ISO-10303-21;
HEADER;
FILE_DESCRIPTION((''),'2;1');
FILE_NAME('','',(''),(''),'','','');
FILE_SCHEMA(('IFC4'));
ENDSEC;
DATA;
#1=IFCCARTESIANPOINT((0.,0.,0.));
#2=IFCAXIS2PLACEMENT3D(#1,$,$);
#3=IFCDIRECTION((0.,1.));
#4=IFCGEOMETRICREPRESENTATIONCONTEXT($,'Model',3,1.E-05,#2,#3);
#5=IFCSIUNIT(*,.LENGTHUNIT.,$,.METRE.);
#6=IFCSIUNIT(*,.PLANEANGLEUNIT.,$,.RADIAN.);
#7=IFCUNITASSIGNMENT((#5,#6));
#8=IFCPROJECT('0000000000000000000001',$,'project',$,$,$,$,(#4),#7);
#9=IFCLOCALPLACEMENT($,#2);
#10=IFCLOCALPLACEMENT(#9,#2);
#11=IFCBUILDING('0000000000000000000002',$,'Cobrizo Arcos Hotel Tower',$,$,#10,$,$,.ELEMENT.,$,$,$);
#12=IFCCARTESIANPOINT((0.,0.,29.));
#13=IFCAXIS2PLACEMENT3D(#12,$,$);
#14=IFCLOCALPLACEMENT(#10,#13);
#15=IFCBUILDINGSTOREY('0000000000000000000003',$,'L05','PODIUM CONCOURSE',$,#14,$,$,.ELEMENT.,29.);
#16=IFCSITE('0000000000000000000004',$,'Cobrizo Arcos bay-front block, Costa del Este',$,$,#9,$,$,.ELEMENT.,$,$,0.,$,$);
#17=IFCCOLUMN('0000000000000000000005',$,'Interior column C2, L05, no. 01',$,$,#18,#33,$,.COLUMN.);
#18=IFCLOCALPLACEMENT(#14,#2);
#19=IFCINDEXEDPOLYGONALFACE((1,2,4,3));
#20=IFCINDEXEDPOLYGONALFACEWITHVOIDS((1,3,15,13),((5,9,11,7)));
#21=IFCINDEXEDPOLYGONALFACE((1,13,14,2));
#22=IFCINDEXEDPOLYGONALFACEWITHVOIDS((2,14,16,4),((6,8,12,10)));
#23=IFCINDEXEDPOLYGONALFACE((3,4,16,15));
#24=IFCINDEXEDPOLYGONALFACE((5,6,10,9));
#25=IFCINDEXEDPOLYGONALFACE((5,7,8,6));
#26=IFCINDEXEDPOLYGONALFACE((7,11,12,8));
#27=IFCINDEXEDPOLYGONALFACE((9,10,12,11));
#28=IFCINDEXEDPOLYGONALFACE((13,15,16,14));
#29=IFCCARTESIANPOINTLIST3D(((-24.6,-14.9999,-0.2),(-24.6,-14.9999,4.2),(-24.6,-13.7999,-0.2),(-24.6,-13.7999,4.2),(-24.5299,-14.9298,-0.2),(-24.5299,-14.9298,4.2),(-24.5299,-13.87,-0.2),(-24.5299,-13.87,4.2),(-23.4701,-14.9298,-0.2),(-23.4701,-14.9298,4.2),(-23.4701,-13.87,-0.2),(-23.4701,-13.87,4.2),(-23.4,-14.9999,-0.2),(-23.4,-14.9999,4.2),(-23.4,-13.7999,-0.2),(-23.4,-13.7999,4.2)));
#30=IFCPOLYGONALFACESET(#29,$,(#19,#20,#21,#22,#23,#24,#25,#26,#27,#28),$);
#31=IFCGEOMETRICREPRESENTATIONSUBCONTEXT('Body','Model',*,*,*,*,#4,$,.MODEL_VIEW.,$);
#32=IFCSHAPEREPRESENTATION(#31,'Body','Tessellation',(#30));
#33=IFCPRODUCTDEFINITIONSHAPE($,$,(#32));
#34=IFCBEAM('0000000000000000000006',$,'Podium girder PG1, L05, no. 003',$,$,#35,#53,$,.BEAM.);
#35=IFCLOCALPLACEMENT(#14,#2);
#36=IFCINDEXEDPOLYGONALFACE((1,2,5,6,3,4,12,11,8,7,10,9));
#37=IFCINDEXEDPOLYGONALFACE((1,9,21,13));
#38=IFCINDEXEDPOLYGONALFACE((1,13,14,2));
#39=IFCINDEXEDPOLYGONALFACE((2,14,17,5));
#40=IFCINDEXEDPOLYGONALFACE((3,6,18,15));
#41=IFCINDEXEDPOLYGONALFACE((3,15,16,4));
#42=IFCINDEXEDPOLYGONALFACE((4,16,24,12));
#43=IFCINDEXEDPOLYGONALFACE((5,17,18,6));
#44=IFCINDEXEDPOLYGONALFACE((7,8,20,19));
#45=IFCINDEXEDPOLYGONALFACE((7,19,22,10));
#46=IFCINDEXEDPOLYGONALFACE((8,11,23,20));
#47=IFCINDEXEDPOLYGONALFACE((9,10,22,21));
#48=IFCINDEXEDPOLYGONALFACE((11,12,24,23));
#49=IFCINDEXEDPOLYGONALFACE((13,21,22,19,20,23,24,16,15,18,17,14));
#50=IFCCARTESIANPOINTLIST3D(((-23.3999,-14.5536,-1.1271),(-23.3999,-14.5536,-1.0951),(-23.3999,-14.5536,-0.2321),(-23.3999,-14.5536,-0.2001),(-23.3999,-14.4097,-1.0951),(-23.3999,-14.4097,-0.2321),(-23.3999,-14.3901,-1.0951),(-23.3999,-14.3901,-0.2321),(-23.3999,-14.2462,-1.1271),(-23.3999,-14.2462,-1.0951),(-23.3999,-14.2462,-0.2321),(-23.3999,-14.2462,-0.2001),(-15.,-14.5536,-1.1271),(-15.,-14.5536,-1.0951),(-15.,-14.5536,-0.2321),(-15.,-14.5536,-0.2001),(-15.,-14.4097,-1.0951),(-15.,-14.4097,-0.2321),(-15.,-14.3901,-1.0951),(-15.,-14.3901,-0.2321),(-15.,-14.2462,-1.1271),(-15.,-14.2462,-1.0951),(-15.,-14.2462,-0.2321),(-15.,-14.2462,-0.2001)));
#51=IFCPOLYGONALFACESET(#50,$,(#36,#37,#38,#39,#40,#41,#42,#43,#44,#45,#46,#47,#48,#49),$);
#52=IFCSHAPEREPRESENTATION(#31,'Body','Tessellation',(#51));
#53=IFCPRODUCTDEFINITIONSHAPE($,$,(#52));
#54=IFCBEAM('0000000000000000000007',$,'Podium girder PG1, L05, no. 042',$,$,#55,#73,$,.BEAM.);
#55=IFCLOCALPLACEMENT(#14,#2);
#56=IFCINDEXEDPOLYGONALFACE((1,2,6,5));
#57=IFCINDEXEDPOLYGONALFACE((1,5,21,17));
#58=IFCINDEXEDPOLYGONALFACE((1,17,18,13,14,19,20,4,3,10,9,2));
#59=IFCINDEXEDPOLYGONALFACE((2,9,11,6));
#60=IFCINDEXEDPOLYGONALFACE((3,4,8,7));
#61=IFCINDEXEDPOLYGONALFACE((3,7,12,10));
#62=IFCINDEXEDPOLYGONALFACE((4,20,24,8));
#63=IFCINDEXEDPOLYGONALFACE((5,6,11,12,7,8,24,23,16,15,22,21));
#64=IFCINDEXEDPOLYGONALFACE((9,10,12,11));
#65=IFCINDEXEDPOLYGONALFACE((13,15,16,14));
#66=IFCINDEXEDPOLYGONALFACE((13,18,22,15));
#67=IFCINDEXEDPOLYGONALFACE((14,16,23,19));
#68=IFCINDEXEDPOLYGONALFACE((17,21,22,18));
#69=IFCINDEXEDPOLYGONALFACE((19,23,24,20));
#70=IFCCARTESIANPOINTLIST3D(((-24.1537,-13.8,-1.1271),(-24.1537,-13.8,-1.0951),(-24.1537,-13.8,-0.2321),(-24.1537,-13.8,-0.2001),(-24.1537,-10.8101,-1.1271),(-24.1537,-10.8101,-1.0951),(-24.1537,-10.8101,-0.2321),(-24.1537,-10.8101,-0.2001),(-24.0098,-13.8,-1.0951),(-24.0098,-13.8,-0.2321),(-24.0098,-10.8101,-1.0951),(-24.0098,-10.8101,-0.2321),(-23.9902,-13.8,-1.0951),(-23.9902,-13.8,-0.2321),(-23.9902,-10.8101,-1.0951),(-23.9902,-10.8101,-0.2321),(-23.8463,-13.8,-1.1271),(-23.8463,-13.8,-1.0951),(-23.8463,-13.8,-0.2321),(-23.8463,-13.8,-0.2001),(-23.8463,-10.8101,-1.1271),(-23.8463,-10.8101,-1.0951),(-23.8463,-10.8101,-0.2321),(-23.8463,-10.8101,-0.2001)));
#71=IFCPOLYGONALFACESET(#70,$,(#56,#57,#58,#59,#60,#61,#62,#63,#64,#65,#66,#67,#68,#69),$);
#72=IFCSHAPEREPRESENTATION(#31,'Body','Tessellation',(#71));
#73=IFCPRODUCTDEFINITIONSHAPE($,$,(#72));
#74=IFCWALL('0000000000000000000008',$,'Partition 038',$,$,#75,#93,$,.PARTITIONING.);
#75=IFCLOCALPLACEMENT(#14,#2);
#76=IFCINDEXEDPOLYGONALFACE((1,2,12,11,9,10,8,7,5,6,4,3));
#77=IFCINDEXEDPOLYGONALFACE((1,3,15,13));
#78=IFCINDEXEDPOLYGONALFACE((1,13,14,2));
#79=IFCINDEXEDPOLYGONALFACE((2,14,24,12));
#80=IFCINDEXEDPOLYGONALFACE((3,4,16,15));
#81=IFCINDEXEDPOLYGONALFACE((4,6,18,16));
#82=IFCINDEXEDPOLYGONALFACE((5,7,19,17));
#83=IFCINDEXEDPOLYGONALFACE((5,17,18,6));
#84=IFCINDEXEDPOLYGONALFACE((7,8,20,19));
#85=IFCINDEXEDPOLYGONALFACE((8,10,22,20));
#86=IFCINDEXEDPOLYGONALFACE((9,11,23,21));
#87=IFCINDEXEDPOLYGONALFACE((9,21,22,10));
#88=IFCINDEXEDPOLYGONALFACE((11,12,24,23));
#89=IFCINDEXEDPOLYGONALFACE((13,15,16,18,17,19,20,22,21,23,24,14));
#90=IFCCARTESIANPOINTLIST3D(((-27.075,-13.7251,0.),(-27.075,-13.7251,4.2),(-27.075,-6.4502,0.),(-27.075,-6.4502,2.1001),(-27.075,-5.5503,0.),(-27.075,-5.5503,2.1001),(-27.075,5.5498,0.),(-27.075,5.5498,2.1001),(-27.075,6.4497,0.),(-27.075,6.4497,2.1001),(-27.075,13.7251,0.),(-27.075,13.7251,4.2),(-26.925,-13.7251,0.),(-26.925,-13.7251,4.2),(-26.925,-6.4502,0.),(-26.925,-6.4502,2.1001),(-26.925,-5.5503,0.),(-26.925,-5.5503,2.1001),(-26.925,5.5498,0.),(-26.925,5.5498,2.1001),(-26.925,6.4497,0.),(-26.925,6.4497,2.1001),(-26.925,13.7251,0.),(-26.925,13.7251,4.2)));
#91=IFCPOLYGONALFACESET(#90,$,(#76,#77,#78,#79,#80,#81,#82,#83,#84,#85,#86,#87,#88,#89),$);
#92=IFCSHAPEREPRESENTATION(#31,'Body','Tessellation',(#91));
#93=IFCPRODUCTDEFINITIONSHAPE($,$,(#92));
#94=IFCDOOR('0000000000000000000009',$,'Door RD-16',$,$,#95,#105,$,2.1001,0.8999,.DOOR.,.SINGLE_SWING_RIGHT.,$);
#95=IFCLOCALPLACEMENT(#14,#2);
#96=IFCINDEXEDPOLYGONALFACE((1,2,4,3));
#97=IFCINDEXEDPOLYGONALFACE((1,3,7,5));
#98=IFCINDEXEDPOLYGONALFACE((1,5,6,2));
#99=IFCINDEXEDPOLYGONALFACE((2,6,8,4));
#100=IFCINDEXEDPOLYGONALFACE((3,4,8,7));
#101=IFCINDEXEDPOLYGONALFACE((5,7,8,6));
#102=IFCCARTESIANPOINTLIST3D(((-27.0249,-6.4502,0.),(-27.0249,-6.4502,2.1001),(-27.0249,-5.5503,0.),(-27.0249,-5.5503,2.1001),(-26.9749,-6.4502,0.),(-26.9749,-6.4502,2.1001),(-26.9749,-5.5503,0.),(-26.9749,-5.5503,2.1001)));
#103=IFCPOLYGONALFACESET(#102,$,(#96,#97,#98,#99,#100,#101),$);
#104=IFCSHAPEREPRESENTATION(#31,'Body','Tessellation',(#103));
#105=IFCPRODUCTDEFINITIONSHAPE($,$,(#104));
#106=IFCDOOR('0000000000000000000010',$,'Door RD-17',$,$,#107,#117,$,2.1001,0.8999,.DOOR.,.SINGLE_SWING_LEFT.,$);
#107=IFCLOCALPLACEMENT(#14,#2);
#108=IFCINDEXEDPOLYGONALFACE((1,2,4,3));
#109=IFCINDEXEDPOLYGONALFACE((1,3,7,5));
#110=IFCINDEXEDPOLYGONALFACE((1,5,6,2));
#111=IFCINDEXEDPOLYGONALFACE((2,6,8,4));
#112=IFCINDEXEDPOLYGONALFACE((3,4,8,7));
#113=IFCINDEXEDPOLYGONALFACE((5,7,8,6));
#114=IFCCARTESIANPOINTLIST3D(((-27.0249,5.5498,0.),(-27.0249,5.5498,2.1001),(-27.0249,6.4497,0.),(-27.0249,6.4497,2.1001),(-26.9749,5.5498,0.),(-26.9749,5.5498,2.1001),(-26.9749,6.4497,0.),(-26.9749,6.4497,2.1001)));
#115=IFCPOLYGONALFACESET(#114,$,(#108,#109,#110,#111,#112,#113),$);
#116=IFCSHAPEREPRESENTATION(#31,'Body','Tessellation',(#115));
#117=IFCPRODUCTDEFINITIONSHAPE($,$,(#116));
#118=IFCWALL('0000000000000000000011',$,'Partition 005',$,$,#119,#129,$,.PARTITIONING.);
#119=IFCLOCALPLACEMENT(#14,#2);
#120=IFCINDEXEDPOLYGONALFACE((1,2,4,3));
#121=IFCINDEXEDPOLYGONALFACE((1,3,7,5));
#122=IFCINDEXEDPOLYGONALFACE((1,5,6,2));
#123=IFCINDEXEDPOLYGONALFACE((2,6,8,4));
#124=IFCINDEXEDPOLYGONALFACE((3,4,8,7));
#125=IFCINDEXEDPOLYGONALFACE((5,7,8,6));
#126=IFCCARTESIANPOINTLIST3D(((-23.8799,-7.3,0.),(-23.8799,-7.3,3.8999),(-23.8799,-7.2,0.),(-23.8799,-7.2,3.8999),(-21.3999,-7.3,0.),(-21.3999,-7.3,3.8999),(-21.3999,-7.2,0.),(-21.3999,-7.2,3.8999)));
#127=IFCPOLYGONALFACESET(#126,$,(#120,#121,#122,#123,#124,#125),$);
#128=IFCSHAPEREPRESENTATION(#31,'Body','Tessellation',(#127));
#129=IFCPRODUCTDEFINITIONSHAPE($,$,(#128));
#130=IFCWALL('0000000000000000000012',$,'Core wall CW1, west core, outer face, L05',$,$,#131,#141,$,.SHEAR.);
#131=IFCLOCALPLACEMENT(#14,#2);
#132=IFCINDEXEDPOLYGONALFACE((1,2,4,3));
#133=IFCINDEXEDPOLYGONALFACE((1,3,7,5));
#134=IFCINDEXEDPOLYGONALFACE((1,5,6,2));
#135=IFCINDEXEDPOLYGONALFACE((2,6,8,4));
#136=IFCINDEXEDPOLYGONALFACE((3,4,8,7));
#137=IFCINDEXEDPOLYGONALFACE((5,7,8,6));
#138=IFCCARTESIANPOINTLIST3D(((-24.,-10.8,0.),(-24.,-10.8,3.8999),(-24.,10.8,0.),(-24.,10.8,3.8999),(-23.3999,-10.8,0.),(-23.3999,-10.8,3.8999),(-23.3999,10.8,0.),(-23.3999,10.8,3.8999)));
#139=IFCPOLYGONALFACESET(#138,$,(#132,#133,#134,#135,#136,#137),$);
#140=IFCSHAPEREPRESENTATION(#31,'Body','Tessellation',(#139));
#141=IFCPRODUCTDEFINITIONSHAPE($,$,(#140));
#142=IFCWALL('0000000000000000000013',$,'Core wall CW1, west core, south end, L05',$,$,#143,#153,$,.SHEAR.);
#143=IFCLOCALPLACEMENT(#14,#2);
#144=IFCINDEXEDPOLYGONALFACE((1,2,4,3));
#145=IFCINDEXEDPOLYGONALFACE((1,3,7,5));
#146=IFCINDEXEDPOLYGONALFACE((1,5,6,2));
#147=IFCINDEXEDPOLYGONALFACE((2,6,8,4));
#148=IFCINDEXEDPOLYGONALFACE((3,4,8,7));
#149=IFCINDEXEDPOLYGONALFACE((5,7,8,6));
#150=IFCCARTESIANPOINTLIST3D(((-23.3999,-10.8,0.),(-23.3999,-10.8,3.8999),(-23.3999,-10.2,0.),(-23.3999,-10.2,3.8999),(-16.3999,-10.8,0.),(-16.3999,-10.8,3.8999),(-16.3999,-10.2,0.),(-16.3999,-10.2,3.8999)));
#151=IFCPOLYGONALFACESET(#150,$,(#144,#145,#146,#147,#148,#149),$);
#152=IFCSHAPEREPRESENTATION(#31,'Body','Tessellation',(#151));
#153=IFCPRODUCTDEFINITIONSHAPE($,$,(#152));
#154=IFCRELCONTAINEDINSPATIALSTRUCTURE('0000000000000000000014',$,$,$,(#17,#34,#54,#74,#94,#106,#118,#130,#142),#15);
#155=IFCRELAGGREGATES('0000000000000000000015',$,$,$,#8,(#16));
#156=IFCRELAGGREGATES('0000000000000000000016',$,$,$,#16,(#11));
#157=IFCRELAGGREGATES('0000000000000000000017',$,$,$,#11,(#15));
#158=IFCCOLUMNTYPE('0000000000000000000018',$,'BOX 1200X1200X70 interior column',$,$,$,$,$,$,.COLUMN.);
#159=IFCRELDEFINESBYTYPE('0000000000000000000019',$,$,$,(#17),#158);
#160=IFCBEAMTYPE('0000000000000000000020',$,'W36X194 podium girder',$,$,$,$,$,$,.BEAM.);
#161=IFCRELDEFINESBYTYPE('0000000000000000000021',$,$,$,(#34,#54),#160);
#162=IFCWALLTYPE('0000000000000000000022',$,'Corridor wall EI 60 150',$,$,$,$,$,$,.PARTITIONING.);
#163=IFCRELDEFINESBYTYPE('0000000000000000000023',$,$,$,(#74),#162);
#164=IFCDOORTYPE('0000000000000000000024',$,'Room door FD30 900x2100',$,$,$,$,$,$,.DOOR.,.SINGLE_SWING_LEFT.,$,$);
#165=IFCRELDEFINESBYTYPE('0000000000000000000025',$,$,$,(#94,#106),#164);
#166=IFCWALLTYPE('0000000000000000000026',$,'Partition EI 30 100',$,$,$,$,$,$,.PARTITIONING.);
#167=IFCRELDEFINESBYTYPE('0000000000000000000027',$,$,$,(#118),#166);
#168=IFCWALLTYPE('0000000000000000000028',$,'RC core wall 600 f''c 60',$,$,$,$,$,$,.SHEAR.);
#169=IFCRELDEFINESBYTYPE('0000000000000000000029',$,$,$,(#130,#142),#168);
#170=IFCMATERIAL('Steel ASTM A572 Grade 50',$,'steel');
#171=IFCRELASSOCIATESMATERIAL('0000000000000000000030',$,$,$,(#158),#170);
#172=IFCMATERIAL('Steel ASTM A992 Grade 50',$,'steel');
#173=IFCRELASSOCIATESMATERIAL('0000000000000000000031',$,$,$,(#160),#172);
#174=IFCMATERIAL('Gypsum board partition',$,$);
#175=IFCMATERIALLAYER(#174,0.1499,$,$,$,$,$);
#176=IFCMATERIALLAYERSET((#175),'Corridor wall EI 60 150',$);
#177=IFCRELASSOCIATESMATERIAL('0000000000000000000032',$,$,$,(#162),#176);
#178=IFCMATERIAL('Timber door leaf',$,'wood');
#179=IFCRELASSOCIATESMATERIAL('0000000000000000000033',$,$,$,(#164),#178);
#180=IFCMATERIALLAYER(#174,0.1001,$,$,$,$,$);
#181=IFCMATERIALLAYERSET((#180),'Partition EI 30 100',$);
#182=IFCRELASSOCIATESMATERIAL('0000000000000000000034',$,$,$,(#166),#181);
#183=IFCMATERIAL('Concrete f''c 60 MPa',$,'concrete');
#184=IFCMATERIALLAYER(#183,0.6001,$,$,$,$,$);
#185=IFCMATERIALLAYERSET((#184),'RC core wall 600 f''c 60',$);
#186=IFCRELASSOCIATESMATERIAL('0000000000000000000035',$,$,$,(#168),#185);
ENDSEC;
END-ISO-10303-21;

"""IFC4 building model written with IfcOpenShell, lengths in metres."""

from ifc_helpers import new_model, si_unit, direction, frame, frame_2d, origin, origin_2d, place, context, subcontext, project, spatial, rectangle, hollow_rectangle, i_section, extrude, material, layer, layer_set, material_profile, profile_set, type_object, element, fill, save


model = new_model("IFC4")

# Units and contexts
model_context = context("Model", 3, precision=1e-05, world=origin(), true_north=direction((0.0, 1.0)))
body_context = subcontext(model_context, "Body", "Model", "MODEL_VIEW")
ifc_project = project(units=[si_unit("LENGTHUNIT", "METRE"), si_unit("PLANEANGLEUNIT", "RADIAN")], contexts=[model_context])

# Site, building, storey
site_placement = place(None, origin())
site = spatial("IfcSite", under=ifc_project, at=site_placement, Name="Cobrizo Arcos bay-front block, Costa del Este", CompositionType="ELEMENT", RefElevation=0.0)
building_placement = place(site_placement, origin())
building = spatial("IfcBuilding", under=site, at=building_placement, Name="Cobrizo Arcos Hotel Tower", CompositionType="ELEMENT")
storey_placement = place(building_placement, frame((0.0, 0.0, 29.0)))
storey = spatial("IfcBuildingStorey", under=building, at=storey_placement, Name="L05", Description="PODIUM CONCOURSE", CompositionType="ELEMENT", Elevation=29.0)

# Column
ifc_material_1 = material(Name="Steel ASTM A572 Grade 50", Category="steel")
ifc_material_profile_1 = material_profile(ifc_material_1, hollow_rectangle(XDim=1.2, YDim=1.2, WallThickness=0.0701, at=origin_2d()), Name="BOX 1200X1200X70")
ifc_profile_set_1 = profile_set([ifc_material_profile_1], Name="Steel ASTM A572 Grade 50")
column_type = type_object("IfcColumnType", Name="BOX 1200X1200X70 interior column", PredefinedType="COLUMN", material=ifc_profile_set_1)
column_placement = place(storey_placement, frame((-24.0, -14.3999, -0.2), z_axis=(0.0, 0.0, 1.0), x_axis=(1.0, 0.0, 0.0)))
element("IfcColumn", 1, at=column_placement, inside=storey, type_object=column_type, Name="Interior column C2, L05, no. 01", PredefinedType="COLUMN", context=body_context, shape_type="SweptSolid", body=[
    extrude(hollow_rectangle(XDim=1.2, YDim=1.2, WallThickness=0.0701, at=origin_2d()), origin(), (0.0, 0.0, 1.0), 4.3999),
])

# Beams
ifc_material_2 = material(Name="Steel ASTM A992 Grade 50", Category="steel")
ifc_material_profile_2 = material_profile(ifc_material_2, i_section(OverallWidth=0.3074, OverallDepth=0.927, WebThickness=0.0195, FlangeThickness=0.032, at=origin_2d()), Name="W36X194")
ifc_profile_set_2 = profile_set([ifc_material_profile_2], Name="Steel ASTM A992 Grade 50")
beam_type = type_object("IfcBeamType", Name="W36X194 podium girder", PredefinedType="BEAM", material=ifc_profile_set_2)
beam_1_placement = place(storey_placement, frame((-23.3999, -14.3999, -0.6636), z_axis=(1.0, 0.0, 0.0), x_axis=(0.0, 1.0, 0.0)))
element("IfcBeam", 2, at=beam_1_placement, inside=storey, type_object=beam_type, Name="Podium girder PG1, L05, no. 003", PredefinedType="BEAM", context=body_context, shape_type="SweptSolid", body=[
    extrude(i_section(OverallWidth=0.3074, OverallDepth=0.927, WebThickness=0.0195, FlangeThickness=0.032, at=origin_2d()), origin(), (0.0, 0.0, 1.0), 8.3999),
])
beam_2_placement = place(storey_placement, frame((-24.0, -13.8, -0.6636), z_axis=(0.0, 1.0, 0.0), x_axis=(-1.0, 0.0, 0.0)))
element("IfcBeam", 3, at=beam_2_placement, inside=storey, type_object=beam_type, Name="Podium girder PG1, L05, no. 042", PredefinedType="BEAM", context=body_context, shape_type="SweptSolid", body=[
    extrude(i_section(OverallWidth=0.3074, OverallDepth=0.927, WebThickness=0.0195, FlangeThickness=0.032, at=origin_2d()), origin(), (0.0, 0.0, 1.0), 2.99),
])

# Wall, openings, doors
ifc_material_3 = material(Name="Gypsum board partition")
ifc_layer_1 = layer(ifc_material_3, 0.1499)
ifc_layer_set_1 = layer_set([ifc_layer_1], Name="Corridor wall EI 60 150")
wall_type_1 = type_object("IfcWallType", Name="Corridor wall EI 60 150", PredefinedType="PARTITIONING", material=ifc_layer_set_1)
wall_1_placement = place(storey_placement, frame((-27.0, -13.7251, 0.0), z_axis=(0.0, 0.0, 1.0), x_axis=(0.0, 1.0, 0.0)))
wall_1 = element("IfcWall", 4, at=wall_1_placement, inside=storey, type_object=wall_type_1, Name="Partition 038", PredefinedType="PARTITIONING", context=body_context, shape_type="SweptSolid", body=[
    extrude(rectangle(XDim=27.4502, YDim=0.1499, at=frame_2d((13.7251, 0.0))), origin(), (0.0, 0.0, 1.0), 4.2),
])
opening_1_placement = place(wall_1_placement, frame((7.2749, 0.0, 0.0)))
opening_1 = element("IfcOpeningElement", 5, at=opening_1_placement, cuts=wall_1, PredefinedType="OPENING", context=body_context, shape_type="SweptSolid", body=[
    extrude(rectangle(XDim=0.8999, YDim=2.1001, at=frame_2d((0.45, 1.05))), frame((0.0, 0.0869, 0.0), z_axis=(0.0, -1.0, 0.0), x_axis=(1.0, 0.0, 0.0)), (0.0, 0.0, 1.0), 0.1738),
])
opening_2_placement = place(wall_1_placement, frame((19.2749, 0.0, 0.0)))
opening_2 = element("IfcOpeningElement", 6, at=opening_2_placement, cuts=wall_1, PredefinedType="OPENING", context=body_context, shape_type="SweptSolid", body=[
    extrude(rectangle(XDim=0.8999, YDim=2.1001, at=frame_2d((0.45, 1.05))), frame((0.0, 0.0869, 0.0), z_axis=(0.0, -1.0, 0.0), x_axis=(1.0, 0.0, 0.0)), (0.0, 0.0, 1.0), 0.1738),
])
ifc_material_4 = material(Name="Timber door leaf", Category="wood")
door_type = type_object("IfcDoorType", Name="Room door FD30 900x2100", OperationType="SINGLE_SWING_LEFT", PredefinedType="DOOR", material=ifc_material_4)
door_1_placement = place(opening_1_placement, origin())
door_1 = element("IfcDoor", 7, at=door_1_placement, inside=storey, type_object=door_type, Name="Door RD-16", OperationType="SINGLE_SWING_RIGHT", OverallHeight=2.1001, OverallWidth=0.8999, PredefinedType="DOOR", context=body_context, shape_type="SweptSolid", body=[
    extrude(rectangle(XDim=0.8999, YDim=2.1001, at=frame_2d((0.45, 1.05))), frame((0.0, 0.0249, 0.0), z_axis=(0.0, -1.0, 0.0), x_axis=(1.0, 0.0, 0.0)), (0.0, 0.0, 1.0), 0.05),
])
fill(opening_1, door_1)
door_2_placement = place(opening_2_placement, origin())
door_2 = element("IfcDoor", 8, at=door_2_placement, inside=storey, type_object=door_type, Name="Door RD-17", OperationType="SINGLE_SWING_LEFT", OverallHeight=2.1001, OverallWidth=0.8999, PredefinedType="DOOR", context=body_context, shape_type="SweptSolid", body=[
    extrude(rectangle(XDim=0.8999, YDim=2.1001, at=frame_2d((0.45, 1.05))), frame((0.0, 0.0249, 0.0), z_axis=(0.0, -1.0, 0.0), x_axis=(1.0, 0.0, 0.0)), (0.0, 0.0, 1.0), 0.05),
])
fill(opening_2, door_2)

# Walls
ifc_layer_2 = layer(ifc_material_3, 0.1001)
ifc_layer_set_2 = layer_set([ifc_layer_2], Name="Partition EI 30 100")
wall_type_2 = type_object("IfcWallType", Name="Partition EI 30 100", PredefinedType="PARTITIONING", material=ifc_layer_set_2)
wall_2_placement = place(storey_placement, frame((-23.8799, -7.25, 0.0), z_axis=(0.0, 0.0, 1.0), x_axis=(1.0, 0.0, 0.0)))
element("IfcWall", 9, at=wall_2_placement, inside=storey, type_object=wall_type_2, Name="Partition 005", PredefinedType="PARTITIONING", context=body_context, shape_type="SweptSolid", body=[
    extrude(rectangle(XDim=2.48, YDim=0.1001, at=frame_2d((1.24, 0.0))), origin(), (0.0, 0.0, 1.0), 3.8999),
])
ifc_material_5 = material(Name="Concrete f'c 60 MPa", Category="concrete")
ifc_layer_3 = layer(ifc_material_5, 0.6001)
ifc_layer_set_3 = layer_set([ifc_layer_3], Name="RC core wall 600 f'c 60")
wall_type_3 = type_object("IfcWallType", Name="RC core wall 600 f'c 60", PredefinedType="SHEAR", material=ifc_layer_set_3)
wall_3_placement = place(storey_placement, frame((-23.7, -10.8, 0.0), z_axis=(0.0, 0.0, 1.0), x_axis=(0.0, 1.0, 0.0)))
element("IfcWall", 10, at=wall_3_placement, inside=storey, type_object=wall_type_3, Name="Core wall CW1, west core, outer face, L05", PredefinedType="SHEAR", context=body_context, shape_type="SweptSolid", body=[
    extrude(rectangle(XDim=21.6001, YDim=0.6001, at=frame_2d((10.8, 0.0))), origin(), (0.0, 0.0, 1.0), 3.8999),
])
wall_4_placement = place(storey_placement, frame((-23.3999, -10.5, 0.0), z_axis=(0.0, 0.0, 1.0), x_axis=(1.0, 0.0, 0.0)))
element("IfcWall", 11, at=wall_4_placement, inside=storey, type_object=wall_type_3, Name="Core wall CW1, west core, south end, L05", PredefinedType="SHEAR", context=body_context, shape_type="SweptSolid", body=[
    extrude(rectangle(XDim=7.0, YDim=0.6001, at=frame_2d((3.5, 0.0))), origin(), (0.0, 0.0, 1.0), 3.8999),
])

save(model, "model.ifc")
